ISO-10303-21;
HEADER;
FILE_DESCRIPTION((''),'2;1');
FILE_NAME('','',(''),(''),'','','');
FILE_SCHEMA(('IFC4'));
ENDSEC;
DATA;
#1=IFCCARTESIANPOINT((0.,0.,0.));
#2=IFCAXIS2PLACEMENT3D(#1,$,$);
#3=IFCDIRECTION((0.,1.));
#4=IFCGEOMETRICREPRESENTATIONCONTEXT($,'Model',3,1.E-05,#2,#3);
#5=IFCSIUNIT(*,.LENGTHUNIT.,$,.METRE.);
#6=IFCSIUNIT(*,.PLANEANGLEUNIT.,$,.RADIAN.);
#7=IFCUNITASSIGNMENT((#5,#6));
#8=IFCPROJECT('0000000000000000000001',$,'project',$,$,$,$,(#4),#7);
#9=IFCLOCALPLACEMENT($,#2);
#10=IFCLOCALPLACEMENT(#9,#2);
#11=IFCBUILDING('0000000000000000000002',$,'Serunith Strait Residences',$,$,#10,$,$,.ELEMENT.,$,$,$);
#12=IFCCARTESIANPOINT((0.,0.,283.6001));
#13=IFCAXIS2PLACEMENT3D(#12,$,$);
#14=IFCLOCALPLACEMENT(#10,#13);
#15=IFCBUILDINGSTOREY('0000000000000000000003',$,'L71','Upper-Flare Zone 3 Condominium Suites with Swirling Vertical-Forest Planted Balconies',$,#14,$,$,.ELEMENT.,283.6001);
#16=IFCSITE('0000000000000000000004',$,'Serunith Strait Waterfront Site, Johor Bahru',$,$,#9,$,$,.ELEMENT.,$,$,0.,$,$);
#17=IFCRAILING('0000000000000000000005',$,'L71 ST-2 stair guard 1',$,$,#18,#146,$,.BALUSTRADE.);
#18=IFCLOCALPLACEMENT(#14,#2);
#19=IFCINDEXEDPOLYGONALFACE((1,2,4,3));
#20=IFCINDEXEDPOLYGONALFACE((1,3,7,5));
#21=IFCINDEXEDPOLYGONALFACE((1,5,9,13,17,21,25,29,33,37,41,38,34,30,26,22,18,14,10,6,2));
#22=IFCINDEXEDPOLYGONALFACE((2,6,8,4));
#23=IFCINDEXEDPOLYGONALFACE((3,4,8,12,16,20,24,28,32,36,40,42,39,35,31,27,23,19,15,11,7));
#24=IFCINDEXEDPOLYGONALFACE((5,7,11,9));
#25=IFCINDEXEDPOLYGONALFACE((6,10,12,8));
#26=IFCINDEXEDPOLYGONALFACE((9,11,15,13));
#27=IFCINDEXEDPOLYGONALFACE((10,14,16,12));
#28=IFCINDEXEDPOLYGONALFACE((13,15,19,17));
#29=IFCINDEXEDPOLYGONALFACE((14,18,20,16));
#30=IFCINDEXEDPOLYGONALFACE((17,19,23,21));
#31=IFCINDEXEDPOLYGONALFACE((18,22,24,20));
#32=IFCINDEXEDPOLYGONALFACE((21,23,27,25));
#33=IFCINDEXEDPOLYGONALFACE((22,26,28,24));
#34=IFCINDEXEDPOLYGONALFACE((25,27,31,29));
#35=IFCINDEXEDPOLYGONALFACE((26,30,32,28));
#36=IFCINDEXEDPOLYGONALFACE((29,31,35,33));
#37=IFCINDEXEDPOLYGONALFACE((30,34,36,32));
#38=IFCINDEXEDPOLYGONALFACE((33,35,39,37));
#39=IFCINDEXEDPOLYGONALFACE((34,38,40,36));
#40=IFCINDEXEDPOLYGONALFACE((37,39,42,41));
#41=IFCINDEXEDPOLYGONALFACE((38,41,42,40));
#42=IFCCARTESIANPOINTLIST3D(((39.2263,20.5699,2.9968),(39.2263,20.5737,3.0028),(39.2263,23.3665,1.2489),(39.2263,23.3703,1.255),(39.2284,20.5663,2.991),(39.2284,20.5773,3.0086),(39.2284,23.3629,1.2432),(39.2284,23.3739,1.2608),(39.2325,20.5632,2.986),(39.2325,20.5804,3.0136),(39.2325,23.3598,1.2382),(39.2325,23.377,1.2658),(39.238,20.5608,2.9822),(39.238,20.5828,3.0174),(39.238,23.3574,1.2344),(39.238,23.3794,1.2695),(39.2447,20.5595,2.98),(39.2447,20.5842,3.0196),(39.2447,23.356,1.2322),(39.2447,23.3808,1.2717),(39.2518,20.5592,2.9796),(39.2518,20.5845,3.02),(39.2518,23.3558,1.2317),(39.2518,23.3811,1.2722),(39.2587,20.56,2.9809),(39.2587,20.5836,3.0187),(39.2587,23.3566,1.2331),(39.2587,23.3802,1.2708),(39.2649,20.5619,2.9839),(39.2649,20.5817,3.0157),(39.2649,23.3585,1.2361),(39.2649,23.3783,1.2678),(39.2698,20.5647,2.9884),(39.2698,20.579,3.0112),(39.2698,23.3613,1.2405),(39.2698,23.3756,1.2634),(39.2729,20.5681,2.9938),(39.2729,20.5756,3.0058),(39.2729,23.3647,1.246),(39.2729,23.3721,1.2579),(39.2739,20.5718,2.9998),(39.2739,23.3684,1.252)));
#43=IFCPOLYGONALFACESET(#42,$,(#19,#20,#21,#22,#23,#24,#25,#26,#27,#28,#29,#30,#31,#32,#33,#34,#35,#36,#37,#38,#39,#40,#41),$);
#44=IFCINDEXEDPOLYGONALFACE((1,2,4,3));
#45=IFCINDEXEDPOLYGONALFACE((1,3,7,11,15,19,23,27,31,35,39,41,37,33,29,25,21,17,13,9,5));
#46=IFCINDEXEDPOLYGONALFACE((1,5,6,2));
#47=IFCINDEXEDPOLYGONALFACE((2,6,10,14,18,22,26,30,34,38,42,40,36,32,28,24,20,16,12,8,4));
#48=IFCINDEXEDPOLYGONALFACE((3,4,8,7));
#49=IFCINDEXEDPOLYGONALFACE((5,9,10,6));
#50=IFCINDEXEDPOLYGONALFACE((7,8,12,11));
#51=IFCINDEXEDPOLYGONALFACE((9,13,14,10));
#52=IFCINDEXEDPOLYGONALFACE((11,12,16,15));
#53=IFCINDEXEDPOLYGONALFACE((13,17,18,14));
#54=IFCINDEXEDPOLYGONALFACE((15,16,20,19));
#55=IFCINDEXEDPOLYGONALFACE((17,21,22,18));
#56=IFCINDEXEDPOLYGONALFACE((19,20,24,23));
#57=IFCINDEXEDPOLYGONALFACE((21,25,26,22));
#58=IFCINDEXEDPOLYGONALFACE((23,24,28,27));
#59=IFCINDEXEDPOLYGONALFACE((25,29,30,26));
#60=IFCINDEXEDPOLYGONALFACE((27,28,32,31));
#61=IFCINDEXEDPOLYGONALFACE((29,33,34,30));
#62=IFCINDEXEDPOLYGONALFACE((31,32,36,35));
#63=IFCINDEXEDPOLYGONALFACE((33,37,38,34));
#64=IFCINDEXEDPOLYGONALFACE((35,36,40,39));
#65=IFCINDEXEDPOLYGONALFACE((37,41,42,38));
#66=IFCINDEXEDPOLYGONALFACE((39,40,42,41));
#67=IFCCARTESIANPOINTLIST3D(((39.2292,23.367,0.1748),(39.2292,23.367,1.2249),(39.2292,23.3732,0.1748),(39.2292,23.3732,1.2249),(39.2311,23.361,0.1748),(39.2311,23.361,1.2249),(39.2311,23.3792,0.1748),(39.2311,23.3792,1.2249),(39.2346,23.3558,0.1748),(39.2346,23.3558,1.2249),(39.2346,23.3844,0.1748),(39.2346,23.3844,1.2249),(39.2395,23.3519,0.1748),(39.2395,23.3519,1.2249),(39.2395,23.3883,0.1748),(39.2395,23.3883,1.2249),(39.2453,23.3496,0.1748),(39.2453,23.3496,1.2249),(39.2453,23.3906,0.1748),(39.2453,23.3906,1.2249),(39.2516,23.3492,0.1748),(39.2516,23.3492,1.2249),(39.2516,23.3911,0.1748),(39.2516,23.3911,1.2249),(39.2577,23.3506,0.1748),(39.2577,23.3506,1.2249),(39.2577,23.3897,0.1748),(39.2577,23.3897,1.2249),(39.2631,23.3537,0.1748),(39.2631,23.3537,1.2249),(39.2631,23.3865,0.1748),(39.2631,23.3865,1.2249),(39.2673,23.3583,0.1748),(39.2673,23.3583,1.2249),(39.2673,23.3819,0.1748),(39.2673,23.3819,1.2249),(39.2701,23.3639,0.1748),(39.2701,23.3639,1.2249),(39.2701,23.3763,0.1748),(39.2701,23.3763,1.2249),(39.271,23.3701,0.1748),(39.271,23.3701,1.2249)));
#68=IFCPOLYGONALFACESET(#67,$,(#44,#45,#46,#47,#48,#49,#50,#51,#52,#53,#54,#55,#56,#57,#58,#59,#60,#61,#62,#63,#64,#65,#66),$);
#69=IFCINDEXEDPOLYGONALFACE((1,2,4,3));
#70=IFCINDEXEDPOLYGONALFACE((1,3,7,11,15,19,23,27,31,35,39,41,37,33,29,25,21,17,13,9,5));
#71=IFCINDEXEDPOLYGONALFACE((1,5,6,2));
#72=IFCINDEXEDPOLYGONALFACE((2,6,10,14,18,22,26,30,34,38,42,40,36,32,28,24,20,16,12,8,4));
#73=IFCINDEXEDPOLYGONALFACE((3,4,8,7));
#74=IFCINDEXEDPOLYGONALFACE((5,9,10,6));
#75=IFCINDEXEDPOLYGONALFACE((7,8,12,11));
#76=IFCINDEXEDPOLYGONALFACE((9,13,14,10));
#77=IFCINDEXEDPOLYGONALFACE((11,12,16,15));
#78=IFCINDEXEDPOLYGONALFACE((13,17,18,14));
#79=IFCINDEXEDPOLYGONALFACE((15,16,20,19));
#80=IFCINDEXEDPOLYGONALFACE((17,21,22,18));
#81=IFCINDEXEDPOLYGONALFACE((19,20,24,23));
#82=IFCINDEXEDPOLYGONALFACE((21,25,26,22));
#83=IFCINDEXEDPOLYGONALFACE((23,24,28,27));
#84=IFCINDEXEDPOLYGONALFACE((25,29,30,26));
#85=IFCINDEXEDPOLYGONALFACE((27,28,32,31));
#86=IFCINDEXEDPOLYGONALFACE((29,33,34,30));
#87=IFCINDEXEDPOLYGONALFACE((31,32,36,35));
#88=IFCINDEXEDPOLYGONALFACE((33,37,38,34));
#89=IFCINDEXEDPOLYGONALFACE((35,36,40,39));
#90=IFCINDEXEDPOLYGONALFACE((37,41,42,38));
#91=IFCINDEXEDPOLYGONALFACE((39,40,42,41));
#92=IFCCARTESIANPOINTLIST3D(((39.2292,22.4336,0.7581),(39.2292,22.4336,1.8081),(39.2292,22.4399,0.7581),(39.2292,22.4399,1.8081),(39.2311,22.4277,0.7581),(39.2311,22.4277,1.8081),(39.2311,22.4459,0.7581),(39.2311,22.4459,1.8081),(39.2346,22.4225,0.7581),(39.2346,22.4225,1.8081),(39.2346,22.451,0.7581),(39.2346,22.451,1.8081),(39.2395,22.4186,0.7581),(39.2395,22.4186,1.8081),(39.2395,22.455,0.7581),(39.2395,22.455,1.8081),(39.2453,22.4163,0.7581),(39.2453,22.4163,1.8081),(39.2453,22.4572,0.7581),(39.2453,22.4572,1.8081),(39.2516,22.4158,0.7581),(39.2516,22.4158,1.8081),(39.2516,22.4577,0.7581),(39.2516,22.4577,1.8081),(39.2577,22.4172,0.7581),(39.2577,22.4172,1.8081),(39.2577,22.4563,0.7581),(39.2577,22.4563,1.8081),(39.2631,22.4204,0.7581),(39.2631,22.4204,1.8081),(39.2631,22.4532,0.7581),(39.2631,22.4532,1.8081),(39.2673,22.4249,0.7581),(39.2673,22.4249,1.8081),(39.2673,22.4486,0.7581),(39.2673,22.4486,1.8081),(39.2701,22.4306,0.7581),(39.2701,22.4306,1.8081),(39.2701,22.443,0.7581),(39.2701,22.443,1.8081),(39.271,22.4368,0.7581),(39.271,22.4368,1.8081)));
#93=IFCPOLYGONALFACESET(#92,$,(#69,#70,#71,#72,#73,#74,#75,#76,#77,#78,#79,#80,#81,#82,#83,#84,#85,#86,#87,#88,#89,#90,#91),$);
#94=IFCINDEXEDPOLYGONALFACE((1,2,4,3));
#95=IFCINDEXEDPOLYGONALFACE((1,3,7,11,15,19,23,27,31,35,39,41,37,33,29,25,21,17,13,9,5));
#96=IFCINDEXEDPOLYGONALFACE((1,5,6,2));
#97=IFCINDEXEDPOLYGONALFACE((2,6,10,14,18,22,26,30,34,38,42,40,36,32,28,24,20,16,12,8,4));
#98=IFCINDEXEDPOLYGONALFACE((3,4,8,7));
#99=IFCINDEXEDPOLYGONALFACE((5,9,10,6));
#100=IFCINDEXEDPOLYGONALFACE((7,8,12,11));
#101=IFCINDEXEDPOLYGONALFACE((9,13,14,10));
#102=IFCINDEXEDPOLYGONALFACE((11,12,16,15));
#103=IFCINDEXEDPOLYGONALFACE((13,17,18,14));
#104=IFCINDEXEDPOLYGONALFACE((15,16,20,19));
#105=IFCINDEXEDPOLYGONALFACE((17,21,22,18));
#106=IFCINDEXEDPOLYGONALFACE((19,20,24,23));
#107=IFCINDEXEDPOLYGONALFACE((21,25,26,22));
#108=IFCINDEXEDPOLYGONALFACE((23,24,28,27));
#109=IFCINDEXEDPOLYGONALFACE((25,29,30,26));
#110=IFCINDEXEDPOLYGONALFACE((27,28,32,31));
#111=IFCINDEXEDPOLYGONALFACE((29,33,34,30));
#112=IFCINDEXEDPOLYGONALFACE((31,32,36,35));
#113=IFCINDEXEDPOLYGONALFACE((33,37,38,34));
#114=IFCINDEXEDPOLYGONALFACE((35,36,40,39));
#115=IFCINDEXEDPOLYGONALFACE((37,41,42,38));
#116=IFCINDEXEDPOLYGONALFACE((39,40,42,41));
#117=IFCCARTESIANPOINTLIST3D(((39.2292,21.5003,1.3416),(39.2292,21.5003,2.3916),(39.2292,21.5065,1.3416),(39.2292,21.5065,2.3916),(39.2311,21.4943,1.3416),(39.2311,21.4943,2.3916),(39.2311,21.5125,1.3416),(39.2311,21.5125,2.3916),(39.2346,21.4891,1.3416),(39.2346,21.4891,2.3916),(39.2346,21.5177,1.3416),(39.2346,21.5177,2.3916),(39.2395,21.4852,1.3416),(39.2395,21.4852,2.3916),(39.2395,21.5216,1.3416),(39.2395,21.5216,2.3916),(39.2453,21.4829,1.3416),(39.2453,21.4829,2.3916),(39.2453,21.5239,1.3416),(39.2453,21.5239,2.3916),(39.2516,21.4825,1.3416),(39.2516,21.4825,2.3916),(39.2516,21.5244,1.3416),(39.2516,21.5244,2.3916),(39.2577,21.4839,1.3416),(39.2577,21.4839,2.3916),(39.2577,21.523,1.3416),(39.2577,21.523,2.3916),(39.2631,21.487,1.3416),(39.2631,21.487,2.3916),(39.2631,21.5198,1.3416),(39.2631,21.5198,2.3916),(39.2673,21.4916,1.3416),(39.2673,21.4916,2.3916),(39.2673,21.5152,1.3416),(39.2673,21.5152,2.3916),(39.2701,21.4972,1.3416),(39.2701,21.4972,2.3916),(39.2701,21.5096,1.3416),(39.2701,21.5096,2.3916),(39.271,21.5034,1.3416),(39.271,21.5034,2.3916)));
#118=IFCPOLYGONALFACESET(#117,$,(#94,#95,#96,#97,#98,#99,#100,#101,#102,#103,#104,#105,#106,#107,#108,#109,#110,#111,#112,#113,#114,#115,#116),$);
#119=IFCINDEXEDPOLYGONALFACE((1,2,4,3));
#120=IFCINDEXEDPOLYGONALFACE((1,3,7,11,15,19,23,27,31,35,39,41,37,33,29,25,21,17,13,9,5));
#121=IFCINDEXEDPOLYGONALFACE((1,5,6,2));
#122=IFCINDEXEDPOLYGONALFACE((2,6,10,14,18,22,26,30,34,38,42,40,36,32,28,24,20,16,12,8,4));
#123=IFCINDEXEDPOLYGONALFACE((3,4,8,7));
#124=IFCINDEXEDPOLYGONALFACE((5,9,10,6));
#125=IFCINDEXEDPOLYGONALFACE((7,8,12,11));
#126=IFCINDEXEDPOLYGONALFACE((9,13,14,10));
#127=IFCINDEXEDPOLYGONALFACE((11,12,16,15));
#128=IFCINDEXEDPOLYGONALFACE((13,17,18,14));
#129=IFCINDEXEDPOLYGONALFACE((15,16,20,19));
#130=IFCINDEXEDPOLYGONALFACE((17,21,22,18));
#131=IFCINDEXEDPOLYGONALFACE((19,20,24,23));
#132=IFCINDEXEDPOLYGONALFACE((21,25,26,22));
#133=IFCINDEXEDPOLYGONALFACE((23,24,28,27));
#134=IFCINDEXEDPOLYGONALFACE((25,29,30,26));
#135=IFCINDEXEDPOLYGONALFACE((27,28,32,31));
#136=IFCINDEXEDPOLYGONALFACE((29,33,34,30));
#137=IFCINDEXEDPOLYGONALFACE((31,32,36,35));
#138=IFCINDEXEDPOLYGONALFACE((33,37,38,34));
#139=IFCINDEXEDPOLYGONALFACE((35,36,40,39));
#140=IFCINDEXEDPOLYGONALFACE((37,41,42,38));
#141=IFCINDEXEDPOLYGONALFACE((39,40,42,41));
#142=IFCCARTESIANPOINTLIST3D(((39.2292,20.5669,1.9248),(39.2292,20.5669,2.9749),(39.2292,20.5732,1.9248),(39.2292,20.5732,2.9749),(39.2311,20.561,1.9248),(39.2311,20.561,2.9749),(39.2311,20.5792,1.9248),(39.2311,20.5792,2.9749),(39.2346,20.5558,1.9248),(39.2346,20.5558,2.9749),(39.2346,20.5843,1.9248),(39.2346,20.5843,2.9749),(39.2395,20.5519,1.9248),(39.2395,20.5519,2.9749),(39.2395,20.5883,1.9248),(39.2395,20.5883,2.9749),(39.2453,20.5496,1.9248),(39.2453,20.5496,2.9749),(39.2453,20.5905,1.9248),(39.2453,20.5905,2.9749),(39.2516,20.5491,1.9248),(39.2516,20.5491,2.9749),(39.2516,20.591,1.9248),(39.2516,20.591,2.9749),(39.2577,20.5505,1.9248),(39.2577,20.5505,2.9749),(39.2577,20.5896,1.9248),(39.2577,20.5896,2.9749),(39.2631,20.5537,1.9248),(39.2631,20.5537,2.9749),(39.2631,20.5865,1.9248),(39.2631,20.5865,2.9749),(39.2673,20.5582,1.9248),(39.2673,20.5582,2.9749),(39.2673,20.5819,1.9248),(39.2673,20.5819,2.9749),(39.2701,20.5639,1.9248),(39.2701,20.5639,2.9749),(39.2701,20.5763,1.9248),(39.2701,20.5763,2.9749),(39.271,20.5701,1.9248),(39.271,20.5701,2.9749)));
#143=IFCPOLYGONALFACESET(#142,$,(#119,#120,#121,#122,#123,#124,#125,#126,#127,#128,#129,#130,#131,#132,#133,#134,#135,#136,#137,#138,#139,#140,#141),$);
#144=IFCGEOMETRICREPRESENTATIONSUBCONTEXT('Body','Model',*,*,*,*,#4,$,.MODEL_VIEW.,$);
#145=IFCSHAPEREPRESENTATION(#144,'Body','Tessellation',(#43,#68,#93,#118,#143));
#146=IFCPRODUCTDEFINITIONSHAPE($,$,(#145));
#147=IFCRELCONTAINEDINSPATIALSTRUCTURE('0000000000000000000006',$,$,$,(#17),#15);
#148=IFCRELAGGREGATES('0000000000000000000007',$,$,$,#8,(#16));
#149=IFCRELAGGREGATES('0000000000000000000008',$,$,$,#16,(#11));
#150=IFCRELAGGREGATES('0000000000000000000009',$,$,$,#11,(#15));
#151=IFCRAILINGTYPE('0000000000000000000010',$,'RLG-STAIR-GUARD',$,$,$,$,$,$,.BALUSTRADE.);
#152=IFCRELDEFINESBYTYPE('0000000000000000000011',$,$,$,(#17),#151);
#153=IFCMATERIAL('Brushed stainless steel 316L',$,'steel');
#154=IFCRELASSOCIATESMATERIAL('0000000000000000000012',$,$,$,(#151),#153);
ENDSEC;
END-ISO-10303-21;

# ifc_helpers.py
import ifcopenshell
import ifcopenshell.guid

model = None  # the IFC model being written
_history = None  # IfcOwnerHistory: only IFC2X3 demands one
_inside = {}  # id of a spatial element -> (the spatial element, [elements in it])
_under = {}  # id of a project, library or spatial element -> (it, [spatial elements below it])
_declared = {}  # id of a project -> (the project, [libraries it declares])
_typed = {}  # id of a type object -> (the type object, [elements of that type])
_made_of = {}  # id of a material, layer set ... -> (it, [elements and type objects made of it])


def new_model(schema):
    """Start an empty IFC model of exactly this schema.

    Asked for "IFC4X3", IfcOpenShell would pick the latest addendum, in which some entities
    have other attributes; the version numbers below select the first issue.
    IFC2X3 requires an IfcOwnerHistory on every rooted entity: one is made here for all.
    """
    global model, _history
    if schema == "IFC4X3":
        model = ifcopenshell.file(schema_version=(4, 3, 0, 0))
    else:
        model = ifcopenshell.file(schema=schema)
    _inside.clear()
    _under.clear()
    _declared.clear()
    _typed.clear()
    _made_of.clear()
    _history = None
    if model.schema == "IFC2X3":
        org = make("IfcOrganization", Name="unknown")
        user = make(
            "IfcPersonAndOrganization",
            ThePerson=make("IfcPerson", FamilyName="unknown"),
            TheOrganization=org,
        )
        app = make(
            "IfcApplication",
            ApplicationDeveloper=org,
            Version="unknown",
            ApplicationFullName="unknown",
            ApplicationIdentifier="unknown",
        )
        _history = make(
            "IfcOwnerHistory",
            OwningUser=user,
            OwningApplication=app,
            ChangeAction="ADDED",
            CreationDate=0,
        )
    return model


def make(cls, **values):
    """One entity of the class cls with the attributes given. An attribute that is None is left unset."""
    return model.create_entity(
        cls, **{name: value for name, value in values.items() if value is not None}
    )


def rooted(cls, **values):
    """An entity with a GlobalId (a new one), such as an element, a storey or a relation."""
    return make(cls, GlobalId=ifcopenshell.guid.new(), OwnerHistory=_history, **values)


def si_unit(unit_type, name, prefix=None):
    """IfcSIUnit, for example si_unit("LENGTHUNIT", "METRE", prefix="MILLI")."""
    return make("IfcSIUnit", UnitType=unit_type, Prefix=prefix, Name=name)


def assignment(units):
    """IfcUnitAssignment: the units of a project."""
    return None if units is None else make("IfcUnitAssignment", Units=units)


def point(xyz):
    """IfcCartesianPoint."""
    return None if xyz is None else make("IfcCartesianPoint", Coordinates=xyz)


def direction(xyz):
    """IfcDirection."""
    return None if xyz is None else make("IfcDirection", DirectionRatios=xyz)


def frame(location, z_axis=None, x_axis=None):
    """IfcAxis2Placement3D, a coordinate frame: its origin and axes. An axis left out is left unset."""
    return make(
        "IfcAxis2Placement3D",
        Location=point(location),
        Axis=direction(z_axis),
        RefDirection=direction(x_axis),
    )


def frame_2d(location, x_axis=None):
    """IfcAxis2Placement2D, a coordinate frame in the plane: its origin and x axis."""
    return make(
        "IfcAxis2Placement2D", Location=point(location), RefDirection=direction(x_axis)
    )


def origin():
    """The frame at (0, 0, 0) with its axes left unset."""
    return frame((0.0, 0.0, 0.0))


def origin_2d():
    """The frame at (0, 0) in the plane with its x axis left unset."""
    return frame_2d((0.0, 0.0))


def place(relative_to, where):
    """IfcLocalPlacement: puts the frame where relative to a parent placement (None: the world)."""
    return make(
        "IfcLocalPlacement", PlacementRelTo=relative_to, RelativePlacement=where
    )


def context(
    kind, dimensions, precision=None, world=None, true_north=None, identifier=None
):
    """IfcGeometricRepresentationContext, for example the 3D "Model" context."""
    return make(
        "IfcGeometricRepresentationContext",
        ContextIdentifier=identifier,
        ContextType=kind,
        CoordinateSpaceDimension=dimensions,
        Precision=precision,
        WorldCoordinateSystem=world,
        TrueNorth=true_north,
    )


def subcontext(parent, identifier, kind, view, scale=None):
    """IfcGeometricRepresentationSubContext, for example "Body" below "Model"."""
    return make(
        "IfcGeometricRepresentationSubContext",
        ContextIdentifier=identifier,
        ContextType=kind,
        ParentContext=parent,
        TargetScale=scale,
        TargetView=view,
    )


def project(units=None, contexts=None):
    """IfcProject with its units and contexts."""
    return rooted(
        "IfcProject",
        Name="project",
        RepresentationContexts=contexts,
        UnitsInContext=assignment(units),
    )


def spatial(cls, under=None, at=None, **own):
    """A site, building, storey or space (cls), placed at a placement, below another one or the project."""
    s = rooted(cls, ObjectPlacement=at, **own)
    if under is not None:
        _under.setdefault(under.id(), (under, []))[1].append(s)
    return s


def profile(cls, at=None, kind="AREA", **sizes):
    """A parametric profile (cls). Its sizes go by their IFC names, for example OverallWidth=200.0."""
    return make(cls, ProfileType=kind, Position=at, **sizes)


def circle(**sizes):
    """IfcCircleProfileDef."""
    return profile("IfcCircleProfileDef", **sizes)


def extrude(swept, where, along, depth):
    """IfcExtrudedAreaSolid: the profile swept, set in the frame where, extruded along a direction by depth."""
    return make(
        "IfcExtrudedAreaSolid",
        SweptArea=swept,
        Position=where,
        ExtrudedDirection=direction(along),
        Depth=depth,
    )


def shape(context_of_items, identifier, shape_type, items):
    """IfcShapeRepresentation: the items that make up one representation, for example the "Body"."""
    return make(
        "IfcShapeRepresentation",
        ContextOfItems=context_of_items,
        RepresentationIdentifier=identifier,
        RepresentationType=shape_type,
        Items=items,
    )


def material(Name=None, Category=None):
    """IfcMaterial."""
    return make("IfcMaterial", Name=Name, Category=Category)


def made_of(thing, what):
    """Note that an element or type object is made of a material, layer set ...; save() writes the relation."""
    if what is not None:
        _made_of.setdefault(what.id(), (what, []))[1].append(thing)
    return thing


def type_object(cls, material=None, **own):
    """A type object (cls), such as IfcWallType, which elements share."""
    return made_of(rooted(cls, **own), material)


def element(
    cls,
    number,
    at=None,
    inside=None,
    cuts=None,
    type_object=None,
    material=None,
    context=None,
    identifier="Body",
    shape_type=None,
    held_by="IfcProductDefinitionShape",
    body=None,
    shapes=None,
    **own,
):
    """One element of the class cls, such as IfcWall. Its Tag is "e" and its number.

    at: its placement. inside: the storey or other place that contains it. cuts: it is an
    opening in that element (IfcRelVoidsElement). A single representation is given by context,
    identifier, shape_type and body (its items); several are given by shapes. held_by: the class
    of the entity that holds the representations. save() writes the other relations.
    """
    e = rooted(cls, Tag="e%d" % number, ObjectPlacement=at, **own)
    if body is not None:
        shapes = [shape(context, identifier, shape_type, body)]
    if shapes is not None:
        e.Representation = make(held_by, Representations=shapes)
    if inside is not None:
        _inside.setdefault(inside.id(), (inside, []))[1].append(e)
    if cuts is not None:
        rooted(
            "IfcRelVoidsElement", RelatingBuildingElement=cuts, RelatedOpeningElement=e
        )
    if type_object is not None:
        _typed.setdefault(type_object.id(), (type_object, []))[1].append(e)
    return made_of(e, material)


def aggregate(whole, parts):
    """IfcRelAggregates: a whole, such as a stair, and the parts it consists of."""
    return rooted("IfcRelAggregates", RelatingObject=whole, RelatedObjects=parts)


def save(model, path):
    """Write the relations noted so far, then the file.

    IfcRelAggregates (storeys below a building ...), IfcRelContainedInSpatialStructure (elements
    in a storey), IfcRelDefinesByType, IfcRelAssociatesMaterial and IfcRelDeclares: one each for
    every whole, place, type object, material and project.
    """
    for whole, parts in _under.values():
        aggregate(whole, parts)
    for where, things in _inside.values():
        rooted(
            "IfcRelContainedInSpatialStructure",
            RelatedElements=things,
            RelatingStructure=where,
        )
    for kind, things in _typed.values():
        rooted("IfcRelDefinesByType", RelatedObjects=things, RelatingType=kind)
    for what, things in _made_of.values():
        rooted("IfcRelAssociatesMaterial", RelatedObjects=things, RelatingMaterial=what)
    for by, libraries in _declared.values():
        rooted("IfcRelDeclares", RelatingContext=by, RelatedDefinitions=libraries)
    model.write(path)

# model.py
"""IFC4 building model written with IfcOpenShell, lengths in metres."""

from ifc_helpers import new_model, si_unit, direction, frame, origin, origin_2d, place, context, subcontext, project, spatial, circle, extrude, material, type_object, element, save


model = new_model("IFC4")

# Units and contexts
model_context = context("Model", 3, precision=1e-05, world=origin(), true_north=direction((0.0, 1.0)))
body_context = subcontext(model_context, "Body", "Model", "MODEL_VIEW")
ifc_project = project(units=[si_unit("LENGTHUNIT", "METRE"), si_unit("PLANEANGLEUNIT", "RADIAN")], contexts=[model_context])

# Site, building, storey
site_placement = place(None, origin())
site = spatial("IfcSite", under=ifc_project, at=site_placement, Name="Serunith Strait Waterfront Site, Johor Bahru", CompositionType="ELEMENT", RefElevation=0.0)
building_placement = place(site_placement, origin())
building = spatial("IfcBuilding", under=site, at=building_placement, Name="Serunith Strait Residences", CompositionType="ELEMENT")
storey_placement = place(building_placement, frame((0.0, 0.0, 283.6001)))
storey = spatial("IfcBuildingStorey", under=building, at=storey_placement, Name="L71", Description="Upper-Flare Zone 3 Condominium Suites with Swirling Vertical-Forest Planted Balconies", CompositionType="ELEMENT", Elevation=283.6001)

# Railing
ifc_material_1 = material(Name="Brushed stainless steel 316L", Category="steel")
railing_type_1 = type_object("IfcRailingType", Name="RLG-STAIR-GUARD", PredefinedType="BALUSTRADE", material=ifc_material_1)
railing_1_placement = place(storey_placement, frame((39.25, 23.3701, 0.1748)))
element("IfcRailing", 1, at=railing_1_placement, inside=storey, type_object=railing_type_1, Name="L71 ST-2 stair guard 1", PredefinedType="BALUSTRADE", context=body_context, shape_type="SweptSolid", body=[
    extrude(circle(Radius=0.0239, at=origin_2d()), frame((0.0, -0.0017, 1.0771), z_axis=(0.0, -0.848002, 0.529992), x_axis=(1.0, 0.0, 0.0)), (0.0, 0.0, 1.0), 3.2979),
    extrude(circle(Radius=0.021, at=origin_2d()), origin(), (0.0, 0.0, 1.0), 1.05),
    extrude(circle(Radius=0.021, at=origin_2d()), frame((0.0, -0.9333, 0.5833)), (0.0, 0.0, 1.0), 1.05),
    extrude(circle(Radius=0.021, at=origin_2d()), frame((0.0, -1.8667, 1.1667)), (0.0, 0.0, 1.0), 1.05),
    extrude(circle(Radius=0.021, at=origin_2d()), frame((0.0, -2.8, 1.75)), (0.0, 0.0, 1.0), 1.05),
])

save(model, "model.ifc")
